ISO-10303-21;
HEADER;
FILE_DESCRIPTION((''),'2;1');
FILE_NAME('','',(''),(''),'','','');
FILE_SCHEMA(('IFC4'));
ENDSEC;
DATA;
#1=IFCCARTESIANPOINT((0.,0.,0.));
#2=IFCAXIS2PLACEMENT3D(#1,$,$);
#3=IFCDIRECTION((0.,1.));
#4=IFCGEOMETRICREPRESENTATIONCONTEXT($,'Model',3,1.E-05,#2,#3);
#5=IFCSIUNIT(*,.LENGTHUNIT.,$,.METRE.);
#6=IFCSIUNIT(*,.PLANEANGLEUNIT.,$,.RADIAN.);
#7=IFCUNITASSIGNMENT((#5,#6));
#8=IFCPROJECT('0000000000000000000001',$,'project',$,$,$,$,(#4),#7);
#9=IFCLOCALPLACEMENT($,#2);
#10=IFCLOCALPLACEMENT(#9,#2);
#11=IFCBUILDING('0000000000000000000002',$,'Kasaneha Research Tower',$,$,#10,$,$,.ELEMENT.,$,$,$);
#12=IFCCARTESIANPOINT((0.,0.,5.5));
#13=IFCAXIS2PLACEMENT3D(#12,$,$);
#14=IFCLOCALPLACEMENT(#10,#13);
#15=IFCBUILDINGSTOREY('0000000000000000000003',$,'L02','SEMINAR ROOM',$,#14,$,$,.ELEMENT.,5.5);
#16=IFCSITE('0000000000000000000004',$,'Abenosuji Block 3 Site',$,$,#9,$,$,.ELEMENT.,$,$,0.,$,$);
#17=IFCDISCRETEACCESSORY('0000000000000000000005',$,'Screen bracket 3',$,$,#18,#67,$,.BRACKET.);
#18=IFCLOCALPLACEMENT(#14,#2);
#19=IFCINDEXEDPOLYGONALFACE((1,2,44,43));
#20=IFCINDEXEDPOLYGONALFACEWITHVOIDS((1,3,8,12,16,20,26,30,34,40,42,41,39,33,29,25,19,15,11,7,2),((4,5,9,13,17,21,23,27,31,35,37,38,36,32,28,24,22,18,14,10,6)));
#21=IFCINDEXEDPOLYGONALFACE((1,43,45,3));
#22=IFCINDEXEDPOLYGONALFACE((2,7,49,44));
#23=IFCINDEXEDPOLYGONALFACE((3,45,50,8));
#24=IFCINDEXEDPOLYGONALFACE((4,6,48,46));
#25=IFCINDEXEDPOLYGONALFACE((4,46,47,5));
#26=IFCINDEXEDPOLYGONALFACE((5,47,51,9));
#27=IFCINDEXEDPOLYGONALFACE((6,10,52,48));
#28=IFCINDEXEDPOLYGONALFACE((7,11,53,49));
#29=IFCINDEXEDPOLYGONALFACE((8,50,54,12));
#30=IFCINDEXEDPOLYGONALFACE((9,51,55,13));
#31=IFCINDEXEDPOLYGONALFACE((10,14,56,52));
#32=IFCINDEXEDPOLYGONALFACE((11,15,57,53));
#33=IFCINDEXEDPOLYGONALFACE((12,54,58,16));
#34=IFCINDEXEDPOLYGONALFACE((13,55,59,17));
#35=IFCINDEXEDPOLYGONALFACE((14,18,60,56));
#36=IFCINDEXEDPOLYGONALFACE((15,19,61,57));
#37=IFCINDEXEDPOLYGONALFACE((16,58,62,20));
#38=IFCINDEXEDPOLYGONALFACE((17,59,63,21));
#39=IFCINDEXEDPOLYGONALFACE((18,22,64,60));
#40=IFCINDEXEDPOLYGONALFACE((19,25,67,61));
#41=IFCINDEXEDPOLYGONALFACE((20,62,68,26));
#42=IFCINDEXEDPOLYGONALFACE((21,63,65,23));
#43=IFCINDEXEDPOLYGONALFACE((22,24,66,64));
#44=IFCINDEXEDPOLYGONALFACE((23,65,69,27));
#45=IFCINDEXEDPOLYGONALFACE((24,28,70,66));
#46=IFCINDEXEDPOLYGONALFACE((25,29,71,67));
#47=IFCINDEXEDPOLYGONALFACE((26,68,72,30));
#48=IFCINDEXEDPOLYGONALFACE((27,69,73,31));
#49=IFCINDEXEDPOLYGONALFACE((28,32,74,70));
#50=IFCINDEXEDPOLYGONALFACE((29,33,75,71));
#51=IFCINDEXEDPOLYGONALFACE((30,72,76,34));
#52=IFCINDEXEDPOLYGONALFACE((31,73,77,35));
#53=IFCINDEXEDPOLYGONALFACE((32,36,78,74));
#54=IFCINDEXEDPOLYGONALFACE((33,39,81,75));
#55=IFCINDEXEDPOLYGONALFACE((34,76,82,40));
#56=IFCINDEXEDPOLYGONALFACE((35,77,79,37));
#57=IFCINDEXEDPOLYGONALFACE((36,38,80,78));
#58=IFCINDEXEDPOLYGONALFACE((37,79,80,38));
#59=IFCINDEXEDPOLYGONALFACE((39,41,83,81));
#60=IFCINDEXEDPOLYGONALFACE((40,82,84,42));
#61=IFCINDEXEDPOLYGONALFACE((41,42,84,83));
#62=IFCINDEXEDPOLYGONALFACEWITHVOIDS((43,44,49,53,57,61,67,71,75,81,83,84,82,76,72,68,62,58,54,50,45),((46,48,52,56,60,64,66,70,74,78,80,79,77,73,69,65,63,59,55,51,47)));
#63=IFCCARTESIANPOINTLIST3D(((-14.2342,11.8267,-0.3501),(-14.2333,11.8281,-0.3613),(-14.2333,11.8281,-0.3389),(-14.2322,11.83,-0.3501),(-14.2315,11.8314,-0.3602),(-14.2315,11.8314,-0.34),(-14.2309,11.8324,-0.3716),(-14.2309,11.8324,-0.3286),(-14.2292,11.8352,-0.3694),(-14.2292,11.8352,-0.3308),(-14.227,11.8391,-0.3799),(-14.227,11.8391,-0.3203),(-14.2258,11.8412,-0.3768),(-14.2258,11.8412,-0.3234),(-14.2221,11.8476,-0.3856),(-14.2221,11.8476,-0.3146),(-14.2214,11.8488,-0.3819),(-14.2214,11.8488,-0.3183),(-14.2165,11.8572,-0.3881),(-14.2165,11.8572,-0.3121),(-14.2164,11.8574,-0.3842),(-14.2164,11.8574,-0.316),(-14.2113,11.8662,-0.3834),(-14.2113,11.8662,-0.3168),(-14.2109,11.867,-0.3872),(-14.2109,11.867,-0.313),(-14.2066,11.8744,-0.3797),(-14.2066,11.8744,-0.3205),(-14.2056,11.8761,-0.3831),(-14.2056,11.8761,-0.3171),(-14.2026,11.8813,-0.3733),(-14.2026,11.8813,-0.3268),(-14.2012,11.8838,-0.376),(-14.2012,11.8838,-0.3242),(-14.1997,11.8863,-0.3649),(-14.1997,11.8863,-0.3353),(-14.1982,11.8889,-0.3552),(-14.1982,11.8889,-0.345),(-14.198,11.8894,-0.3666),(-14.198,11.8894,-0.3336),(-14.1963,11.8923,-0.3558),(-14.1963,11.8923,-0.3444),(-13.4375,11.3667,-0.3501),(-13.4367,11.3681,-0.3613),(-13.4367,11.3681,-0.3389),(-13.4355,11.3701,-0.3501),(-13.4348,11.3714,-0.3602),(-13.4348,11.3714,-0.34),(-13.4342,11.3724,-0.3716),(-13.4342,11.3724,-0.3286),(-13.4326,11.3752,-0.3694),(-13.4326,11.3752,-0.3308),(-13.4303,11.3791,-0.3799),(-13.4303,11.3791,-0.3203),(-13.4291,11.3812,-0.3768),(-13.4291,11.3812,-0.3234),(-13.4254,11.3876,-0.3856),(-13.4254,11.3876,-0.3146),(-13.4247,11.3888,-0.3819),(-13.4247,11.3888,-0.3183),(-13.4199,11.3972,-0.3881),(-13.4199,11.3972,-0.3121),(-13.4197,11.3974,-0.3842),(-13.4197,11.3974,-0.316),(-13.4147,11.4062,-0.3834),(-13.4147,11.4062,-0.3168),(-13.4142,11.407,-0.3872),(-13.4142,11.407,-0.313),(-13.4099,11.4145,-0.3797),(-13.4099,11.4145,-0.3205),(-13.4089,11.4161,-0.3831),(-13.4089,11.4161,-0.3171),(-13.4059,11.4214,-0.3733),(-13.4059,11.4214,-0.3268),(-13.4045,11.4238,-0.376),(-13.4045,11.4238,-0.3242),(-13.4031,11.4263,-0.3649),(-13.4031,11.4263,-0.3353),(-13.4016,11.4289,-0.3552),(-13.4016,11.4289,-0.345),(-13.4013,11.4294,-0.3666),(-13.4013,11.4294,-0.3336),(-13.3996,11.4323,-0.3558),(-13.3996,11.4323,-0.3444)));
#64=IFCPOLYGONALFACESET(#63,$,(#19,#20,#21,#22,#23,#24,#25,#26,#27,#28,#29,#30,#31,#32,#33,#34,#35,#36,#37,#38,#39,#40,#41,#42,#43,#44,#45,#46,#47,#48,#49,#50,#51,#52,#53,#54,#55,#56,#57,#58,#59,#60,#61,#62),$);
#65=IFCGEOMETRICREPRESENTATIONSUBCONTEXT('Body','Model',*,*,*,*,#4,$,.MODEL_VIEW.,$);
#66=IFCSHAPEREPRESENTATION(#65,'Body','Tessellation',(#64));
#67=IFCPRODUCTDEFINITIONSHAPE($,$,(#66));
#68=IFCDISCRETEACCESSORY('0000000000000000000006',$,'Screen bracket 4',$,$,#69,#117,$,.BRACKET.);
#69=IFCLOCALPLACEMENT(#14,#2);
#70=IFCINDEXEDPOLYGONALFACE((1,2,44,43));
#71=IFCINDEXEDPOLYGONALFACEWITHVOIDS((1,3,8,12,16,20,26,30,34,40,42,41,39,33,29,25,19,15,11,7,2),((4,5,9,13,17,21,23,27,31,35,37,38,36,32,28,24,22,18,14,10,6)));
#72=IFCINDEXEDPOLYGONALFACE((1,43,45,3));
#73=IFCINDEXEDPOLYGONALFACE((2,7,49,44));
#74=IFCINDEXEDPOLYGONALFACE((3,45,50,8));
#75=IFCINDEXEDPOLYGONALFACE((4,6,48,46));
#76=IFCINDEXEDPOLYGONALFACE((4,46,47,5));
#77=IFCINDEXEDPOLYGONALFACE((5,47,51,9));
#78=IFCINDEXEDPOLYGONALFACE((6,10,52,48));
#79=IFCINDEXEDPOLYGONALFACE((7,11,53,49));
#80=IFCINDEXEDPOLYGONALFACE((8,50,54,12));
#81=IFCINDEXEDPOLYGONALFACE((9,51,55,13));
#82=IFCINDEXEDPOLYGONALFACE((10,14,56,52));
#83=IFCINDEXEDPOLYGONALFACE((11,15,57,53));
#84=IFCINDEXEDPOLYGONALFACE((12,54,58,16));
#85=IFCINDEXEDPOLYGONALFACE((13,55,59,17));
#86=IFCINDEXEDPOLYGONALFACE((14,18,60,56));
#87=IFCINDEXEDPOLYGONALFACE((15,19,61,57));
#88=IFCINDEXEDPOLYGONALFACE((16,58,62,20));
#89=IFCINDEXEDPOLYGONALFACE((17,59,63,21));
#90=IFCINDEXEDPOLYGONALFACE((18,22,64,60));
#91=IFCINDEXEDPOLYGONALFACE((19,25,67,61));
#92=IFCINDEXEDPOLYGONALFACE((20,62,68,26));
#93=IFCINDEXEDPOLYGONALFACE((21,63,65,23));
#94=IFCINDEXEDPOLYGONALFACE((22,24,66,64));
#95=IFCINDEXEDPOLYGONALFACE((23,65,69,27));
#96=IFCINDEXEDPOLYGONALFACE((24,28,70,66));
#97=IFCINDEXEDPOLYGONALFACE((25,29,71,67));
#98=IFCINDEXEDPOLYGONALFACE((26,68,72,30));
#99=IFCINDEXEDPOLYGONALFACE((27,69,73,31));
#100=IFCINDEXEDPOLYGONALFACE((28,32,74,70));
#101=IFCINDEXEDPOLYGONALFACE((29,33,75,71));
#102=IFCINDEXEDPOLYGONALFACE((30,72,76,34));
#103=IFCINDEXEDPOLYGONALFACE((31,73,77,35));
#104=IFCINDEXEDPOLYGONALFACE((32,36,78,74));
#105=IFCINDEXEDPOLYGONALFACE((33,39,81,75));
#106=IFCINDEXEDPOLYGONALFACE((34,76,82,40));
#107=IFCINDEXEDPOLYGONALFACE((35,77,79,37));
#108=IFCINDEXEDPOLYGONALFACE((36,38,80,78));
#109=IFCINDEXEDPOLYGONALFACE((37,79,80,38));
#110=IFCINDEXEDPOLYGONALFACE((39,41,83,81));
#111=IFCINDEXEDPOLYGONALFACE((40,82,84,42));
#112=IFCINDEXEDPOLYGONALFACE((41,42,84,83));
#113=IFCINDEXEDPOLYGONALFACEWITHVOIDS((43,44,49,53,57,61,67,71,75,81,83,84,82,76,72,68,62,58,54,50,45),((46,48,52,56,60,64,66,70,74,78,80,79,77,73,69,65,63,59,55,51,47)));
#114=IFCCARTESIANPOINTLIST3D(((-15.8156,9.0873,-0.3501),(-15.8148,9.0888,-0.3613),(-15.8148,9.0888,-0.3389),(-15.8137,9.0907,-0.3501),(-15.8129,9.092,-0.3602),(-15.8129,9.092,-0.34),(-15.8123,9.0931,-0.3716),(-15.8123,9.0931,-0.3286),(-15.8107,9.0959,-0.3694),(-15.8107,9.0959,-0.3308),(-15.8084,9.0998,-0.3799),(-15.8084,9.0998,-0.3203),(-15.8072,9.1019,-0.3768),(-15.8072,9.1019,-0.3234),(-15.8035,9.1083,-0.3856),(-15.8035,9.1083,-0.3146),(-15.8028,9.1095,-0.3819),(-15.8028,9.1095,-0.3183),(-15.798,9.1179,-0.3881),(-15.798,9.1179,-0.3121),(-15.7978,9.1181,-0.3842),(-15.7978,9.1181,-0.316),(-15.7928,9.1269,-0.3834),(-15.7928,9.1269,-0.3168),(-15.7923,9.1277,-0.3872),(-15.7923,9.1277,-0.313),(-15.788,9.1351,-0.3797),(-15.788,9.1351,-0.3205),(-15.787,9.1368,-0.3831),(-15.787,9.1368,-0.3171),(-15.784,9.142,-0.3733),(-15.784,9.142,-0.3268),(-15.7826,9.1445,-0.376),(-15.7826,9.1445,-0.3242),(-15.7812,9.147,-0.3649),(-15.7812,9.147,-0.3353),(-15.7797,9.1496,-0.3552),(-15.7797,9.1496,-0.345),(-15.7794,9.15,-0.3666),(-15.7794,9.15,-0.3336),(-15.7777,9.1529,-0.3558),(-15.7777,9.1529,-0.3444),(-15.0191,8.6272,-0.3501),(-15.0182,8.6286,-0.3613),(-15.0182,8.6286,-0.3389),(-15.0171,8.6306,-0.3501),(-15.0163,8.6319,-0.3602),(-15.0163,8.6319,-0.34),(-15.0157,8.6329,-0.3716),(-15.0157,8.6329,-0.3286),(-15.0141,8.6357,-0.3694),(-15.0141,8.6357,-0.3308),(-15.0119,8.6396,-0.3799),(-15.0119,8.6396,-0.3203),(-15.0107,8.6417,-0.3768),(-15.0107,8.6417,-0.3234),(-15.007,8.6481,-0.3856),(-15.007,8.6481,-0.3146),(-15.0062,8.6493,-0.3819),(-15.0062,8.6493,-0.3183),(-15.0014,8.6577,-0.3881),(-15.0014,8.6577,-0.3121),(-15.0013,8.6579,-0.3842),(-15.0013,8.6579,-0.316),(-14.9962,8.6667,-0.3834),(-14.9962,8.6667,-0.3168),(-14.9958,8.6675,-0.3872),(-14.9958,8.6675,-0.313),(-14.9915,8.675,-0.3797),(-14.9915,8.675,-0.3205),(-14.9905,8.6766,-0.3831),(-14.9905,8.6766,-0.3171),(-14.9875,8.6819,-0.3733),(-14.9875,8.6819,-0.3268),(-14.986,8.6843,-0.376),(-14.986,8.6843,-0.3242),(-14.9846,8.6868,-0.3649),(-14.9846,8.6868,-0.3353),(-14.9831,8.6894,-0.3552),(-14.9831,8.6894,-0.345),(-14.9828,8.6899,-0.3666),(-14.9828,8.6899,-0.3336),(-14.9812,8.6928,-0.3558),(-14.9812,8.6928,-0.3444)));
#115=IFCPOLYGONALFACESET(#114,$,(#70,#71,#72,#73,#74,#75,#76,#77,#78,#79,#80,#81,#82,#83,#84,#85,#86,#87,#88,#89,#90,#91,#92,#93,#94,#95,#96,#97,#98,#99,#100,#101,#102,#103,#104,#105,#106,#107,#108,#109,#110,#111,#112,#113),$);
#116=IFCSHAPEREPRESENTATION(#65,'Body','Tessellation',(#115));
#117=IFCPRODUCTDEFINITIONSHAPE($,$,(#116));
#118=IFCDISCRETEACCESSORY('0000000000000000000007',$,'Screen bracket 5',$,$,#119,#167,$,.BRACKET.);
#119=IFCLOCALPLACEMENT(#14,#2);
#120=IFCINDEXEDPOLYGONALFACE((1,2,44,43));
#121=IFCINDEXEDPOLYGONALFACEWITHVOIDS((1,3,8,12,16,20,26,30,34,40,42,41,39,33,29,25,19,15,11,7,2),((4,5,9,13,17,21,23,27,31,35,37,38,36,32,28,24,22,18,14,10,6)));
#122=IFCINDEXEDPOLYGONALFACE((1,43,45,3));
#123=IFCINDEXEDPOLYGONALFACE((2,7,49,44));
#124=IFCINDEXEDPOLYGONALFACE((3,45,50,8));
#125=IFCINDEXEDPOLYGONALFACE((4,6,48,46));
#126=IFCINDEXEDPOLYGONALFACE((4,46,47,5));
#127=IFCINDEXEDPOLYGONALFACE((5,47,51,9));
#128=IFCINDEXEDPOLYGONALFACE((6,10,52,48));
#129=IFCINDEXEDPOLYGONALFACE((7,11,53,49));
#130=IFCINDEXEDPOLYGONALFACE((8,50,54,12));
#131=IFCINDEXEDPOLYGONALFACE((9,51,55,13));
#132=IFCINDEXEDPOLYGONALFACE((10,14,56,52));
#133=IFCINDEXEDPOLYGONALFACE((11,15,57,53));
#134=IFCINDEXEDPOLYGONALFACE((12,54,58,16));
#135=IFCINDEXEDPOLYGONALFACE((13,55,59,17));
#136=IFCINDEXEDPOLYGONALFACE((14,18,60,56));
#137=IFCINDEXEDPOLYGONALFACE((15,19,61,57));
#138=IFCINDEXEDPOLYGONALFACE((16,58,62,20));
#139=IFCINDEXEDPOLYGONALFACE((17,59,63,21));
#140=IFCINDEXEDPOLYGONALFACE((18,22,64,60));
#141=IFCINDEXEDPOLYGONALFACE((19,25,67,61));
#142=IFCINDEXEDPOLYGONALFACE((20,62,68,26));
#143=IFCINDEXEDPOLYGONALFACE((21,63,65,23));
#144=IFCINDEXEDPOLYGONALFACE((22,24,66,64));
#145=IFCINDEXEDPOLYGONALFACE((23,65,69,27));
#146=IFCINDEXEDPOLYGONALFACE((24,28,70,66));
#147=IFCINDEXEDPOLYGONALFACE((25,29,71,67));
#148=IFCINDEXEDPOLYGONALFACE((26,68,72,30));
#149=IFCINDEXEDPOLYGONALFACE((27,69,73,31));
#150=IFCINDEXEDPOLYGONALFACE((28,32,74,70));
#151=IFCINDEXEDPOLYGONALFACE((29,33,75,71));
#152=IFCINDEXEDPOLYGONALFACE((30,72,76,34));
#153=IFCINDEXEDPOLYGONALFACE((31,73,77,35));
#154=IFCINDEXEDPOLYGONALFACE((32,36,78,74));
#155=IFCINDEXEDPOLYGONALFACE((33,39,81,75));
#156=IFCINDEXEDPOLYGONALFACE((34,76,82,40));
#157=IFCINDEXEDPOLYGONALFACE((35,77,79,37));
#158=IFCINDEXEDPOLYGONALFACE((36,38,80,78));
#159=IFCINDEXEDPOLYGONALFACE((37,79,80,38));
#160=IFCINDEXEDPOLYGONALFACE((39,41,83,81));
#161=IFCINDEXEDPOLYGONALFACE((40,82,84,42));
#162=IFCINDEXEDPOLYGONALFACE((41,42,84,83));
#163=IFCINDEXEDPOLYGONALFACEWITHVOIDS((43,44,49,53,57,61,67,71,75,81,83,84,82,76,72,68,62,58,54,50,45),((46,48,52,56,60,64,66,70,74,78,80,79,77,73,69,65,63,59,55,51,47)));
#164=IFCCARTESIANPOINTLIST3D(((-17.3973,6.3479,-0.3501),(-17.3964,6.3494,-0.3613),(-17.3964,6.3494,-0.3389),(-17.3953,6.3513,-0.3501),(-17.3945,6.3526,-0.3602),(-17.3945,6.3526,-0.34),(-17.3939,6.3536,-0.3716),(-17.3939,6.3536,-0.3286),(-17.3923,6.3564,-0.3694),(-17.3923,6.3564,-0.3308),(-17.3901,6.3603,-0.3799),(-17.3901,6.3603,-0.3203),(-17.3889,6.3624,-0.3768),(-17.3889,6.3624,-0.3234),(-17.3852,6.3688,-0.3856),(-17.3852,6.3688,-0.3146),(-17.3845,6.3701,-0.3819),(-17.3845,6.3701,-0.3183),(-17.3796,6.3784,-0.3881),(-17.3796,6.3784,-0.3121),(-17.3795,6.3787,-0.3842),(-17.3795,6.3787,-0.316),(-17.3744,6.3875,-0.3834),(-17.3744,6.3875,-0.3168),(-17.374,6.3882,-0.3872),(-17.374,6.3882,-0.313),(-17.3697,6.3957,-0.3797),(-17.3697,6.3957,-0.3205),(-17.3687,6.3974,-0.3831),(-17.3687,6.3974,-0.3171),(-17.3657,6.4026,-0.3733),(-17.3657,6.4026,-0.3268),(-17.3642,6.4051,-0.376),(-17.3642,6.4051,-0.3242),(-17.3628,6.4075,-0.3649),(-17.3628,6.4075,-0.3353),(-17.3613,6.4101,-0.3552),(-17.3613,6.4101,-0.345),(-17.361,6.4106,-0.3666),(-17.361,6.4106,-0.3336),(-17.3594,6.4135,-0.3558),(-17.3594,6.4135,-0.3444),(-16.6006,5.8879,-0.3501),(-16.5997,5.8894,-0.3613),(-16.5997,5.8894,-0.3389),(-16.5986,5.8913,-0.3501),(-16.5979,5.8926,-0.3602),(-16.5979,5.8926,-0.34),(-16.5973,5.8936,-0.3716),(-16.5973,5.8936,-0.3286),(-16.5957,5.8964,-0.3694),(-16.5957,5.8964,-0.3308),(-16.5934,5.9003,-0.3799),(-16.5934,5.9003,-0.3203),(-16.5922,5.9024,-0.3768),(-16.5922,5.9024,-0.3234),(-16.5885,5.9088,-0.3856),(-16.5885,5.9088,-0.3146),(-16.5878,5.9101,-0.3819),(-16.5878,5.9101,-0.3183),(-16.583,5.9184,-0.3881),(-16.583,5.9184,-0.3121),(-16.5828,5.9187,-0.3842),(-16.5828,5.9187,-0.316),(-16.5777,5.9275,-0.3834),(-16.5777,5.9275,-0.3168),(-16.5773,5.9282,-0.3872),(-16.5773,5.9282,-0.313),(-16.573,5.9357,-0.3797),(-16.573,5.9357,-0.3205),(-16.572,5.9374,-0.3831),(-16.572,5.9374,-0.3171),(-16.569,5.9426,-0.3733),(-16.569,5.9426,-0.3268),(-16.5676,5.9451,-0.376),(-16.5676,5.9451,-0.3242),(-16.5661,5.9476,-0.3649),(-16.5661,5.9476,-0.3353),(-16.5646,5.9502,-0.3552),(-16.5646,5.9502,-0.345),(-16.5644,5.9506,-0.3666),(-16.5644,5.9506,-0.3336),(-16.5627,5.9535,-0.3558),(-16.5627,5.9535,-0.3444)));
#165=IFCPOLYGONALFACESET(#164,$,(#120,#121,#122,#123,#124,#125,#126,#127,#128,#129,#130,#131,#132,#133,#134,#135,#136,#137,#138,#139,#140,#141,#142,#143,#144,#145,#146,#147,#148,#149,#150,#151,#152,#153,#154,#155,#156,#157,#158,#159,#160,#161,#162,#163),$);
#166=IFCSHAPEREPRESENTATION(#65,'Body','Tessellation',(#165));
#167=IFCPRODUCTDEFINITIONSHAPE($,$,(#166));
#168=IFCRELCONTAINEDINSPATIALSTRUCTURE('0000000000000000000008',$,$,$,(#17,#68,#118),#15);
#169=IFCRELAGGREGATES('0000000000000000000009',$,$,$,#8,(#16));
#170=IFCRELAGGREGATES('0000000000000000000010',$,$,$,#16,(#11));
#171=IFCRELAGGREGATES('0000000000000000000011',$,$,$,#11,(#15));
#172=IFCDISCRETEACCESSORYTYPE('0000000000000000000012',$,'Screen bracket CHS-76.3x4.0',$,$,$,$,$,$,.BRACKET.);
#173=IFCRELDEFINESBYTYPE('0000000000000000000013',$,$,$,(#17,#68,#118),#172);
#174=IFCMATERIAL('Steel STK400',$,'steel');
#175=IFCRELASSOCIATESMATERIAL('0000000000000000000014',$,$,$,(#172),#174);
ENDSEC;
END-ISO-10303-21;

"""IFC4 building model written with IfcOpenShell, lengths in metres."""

from ifc_helpers import new_model, si_unit, direction, frame, origin, origin_2d, place, context, subcontext, project, spatial, hollow_circle, extrude, material, material_profile, profile_set, type_object, element, save


model = new_model("IFC4")

# Units and contexts
model_context = context("Model", 3, precision=1e-05, world=origin(), true_north=direction((0.0, 1.0)))
body_context = subcontext(model_context, "Body", "Model", "MODEL_VIEW")
ifc_project = project(units=[si_unit("LENGTHUNIT", "METRE"), si_unit("PLANEANGLEUNIT", "RADIAN")], contexts=[model_context])

# Site, building, storey
site_placement = place(None, origin())
site = spatial("IfcSite", under=ifc_project, at=site_placement, Name="Abenosuji Block 3 Site", CompositionType="ELEMENT", RefElevation=0.0)
building_placement = place(site_placement, origin())
building = spatial("IfcBuilding", under=site, at=building_placement, Name="Kasaneha Research Tower", CompositionType="ELEMENT")
storey_placement = place(building_placement, frame((0.0, 0.0, 5.5)))
storey = spatial("IfcBuildingStorey", under=building, at=storey_placement, Name="L02", Description="SEMINAR ROOM", CompositionType="ELEMENT", Elevation=5.5)

# Discrete accessories
ifc_material_1 = material(Name="Steel STK400", Category="steel")
ifc_material_profile_1 = material_profile(ifc_material_1, hollow_circle(Radius=0.0381, WallThickness=0.0039, at=origin_2d()), Name="CHS-76.3x4.0")
ifc_profile_set_1 = profile_set([ifc_material_profile_1], Name="Steel STK400")
discrete_accessory_type = type_object("IfcDiscreteAccessoryType", Name="Screen bracket CHS-76.3x4.0", PredefinedType="BRACKET", material=ifc_profile_set_1)
for number, where, z_axis, x_axis, name in (
    (1, (-13.4185, 11.3997, -0.3501), (-0.866013, 0.500021, 0.0), (-0.500021, -0.866013, 0.0), "Screen bracket 3"),
    (2, (-15.0, 8.6602, -0.3501), (-0.865898, 0.50022, 0.0), (-0.50022, -0.865898, 0.0), "Screen bracket 4"),
    (3, (-16.5815, 5.9209, -0.3501), (-0.866013, 0.500021, 0.0), (-0.500021, -0.866013, 0.0), "Screen bracket 5"),
):
    element("IfcDiscreteAccessory", number, at=place(storey_placement, frame(where, z_axis=z_axis, x_axis=x_axis)), inside=storey, type_object=discrete_accessory_type, Name=name, PredefinedType="BRACKET", context=body_context, shape_type="SweptSolid", body=[
        extrude(hollow_circle(Radius=0.0381, WallThickness=0.0039, at=origin_2d()), origin(), (0.0, 0.0, 1.0), 0.9199),
    ])

save(model, "model.ifc")
